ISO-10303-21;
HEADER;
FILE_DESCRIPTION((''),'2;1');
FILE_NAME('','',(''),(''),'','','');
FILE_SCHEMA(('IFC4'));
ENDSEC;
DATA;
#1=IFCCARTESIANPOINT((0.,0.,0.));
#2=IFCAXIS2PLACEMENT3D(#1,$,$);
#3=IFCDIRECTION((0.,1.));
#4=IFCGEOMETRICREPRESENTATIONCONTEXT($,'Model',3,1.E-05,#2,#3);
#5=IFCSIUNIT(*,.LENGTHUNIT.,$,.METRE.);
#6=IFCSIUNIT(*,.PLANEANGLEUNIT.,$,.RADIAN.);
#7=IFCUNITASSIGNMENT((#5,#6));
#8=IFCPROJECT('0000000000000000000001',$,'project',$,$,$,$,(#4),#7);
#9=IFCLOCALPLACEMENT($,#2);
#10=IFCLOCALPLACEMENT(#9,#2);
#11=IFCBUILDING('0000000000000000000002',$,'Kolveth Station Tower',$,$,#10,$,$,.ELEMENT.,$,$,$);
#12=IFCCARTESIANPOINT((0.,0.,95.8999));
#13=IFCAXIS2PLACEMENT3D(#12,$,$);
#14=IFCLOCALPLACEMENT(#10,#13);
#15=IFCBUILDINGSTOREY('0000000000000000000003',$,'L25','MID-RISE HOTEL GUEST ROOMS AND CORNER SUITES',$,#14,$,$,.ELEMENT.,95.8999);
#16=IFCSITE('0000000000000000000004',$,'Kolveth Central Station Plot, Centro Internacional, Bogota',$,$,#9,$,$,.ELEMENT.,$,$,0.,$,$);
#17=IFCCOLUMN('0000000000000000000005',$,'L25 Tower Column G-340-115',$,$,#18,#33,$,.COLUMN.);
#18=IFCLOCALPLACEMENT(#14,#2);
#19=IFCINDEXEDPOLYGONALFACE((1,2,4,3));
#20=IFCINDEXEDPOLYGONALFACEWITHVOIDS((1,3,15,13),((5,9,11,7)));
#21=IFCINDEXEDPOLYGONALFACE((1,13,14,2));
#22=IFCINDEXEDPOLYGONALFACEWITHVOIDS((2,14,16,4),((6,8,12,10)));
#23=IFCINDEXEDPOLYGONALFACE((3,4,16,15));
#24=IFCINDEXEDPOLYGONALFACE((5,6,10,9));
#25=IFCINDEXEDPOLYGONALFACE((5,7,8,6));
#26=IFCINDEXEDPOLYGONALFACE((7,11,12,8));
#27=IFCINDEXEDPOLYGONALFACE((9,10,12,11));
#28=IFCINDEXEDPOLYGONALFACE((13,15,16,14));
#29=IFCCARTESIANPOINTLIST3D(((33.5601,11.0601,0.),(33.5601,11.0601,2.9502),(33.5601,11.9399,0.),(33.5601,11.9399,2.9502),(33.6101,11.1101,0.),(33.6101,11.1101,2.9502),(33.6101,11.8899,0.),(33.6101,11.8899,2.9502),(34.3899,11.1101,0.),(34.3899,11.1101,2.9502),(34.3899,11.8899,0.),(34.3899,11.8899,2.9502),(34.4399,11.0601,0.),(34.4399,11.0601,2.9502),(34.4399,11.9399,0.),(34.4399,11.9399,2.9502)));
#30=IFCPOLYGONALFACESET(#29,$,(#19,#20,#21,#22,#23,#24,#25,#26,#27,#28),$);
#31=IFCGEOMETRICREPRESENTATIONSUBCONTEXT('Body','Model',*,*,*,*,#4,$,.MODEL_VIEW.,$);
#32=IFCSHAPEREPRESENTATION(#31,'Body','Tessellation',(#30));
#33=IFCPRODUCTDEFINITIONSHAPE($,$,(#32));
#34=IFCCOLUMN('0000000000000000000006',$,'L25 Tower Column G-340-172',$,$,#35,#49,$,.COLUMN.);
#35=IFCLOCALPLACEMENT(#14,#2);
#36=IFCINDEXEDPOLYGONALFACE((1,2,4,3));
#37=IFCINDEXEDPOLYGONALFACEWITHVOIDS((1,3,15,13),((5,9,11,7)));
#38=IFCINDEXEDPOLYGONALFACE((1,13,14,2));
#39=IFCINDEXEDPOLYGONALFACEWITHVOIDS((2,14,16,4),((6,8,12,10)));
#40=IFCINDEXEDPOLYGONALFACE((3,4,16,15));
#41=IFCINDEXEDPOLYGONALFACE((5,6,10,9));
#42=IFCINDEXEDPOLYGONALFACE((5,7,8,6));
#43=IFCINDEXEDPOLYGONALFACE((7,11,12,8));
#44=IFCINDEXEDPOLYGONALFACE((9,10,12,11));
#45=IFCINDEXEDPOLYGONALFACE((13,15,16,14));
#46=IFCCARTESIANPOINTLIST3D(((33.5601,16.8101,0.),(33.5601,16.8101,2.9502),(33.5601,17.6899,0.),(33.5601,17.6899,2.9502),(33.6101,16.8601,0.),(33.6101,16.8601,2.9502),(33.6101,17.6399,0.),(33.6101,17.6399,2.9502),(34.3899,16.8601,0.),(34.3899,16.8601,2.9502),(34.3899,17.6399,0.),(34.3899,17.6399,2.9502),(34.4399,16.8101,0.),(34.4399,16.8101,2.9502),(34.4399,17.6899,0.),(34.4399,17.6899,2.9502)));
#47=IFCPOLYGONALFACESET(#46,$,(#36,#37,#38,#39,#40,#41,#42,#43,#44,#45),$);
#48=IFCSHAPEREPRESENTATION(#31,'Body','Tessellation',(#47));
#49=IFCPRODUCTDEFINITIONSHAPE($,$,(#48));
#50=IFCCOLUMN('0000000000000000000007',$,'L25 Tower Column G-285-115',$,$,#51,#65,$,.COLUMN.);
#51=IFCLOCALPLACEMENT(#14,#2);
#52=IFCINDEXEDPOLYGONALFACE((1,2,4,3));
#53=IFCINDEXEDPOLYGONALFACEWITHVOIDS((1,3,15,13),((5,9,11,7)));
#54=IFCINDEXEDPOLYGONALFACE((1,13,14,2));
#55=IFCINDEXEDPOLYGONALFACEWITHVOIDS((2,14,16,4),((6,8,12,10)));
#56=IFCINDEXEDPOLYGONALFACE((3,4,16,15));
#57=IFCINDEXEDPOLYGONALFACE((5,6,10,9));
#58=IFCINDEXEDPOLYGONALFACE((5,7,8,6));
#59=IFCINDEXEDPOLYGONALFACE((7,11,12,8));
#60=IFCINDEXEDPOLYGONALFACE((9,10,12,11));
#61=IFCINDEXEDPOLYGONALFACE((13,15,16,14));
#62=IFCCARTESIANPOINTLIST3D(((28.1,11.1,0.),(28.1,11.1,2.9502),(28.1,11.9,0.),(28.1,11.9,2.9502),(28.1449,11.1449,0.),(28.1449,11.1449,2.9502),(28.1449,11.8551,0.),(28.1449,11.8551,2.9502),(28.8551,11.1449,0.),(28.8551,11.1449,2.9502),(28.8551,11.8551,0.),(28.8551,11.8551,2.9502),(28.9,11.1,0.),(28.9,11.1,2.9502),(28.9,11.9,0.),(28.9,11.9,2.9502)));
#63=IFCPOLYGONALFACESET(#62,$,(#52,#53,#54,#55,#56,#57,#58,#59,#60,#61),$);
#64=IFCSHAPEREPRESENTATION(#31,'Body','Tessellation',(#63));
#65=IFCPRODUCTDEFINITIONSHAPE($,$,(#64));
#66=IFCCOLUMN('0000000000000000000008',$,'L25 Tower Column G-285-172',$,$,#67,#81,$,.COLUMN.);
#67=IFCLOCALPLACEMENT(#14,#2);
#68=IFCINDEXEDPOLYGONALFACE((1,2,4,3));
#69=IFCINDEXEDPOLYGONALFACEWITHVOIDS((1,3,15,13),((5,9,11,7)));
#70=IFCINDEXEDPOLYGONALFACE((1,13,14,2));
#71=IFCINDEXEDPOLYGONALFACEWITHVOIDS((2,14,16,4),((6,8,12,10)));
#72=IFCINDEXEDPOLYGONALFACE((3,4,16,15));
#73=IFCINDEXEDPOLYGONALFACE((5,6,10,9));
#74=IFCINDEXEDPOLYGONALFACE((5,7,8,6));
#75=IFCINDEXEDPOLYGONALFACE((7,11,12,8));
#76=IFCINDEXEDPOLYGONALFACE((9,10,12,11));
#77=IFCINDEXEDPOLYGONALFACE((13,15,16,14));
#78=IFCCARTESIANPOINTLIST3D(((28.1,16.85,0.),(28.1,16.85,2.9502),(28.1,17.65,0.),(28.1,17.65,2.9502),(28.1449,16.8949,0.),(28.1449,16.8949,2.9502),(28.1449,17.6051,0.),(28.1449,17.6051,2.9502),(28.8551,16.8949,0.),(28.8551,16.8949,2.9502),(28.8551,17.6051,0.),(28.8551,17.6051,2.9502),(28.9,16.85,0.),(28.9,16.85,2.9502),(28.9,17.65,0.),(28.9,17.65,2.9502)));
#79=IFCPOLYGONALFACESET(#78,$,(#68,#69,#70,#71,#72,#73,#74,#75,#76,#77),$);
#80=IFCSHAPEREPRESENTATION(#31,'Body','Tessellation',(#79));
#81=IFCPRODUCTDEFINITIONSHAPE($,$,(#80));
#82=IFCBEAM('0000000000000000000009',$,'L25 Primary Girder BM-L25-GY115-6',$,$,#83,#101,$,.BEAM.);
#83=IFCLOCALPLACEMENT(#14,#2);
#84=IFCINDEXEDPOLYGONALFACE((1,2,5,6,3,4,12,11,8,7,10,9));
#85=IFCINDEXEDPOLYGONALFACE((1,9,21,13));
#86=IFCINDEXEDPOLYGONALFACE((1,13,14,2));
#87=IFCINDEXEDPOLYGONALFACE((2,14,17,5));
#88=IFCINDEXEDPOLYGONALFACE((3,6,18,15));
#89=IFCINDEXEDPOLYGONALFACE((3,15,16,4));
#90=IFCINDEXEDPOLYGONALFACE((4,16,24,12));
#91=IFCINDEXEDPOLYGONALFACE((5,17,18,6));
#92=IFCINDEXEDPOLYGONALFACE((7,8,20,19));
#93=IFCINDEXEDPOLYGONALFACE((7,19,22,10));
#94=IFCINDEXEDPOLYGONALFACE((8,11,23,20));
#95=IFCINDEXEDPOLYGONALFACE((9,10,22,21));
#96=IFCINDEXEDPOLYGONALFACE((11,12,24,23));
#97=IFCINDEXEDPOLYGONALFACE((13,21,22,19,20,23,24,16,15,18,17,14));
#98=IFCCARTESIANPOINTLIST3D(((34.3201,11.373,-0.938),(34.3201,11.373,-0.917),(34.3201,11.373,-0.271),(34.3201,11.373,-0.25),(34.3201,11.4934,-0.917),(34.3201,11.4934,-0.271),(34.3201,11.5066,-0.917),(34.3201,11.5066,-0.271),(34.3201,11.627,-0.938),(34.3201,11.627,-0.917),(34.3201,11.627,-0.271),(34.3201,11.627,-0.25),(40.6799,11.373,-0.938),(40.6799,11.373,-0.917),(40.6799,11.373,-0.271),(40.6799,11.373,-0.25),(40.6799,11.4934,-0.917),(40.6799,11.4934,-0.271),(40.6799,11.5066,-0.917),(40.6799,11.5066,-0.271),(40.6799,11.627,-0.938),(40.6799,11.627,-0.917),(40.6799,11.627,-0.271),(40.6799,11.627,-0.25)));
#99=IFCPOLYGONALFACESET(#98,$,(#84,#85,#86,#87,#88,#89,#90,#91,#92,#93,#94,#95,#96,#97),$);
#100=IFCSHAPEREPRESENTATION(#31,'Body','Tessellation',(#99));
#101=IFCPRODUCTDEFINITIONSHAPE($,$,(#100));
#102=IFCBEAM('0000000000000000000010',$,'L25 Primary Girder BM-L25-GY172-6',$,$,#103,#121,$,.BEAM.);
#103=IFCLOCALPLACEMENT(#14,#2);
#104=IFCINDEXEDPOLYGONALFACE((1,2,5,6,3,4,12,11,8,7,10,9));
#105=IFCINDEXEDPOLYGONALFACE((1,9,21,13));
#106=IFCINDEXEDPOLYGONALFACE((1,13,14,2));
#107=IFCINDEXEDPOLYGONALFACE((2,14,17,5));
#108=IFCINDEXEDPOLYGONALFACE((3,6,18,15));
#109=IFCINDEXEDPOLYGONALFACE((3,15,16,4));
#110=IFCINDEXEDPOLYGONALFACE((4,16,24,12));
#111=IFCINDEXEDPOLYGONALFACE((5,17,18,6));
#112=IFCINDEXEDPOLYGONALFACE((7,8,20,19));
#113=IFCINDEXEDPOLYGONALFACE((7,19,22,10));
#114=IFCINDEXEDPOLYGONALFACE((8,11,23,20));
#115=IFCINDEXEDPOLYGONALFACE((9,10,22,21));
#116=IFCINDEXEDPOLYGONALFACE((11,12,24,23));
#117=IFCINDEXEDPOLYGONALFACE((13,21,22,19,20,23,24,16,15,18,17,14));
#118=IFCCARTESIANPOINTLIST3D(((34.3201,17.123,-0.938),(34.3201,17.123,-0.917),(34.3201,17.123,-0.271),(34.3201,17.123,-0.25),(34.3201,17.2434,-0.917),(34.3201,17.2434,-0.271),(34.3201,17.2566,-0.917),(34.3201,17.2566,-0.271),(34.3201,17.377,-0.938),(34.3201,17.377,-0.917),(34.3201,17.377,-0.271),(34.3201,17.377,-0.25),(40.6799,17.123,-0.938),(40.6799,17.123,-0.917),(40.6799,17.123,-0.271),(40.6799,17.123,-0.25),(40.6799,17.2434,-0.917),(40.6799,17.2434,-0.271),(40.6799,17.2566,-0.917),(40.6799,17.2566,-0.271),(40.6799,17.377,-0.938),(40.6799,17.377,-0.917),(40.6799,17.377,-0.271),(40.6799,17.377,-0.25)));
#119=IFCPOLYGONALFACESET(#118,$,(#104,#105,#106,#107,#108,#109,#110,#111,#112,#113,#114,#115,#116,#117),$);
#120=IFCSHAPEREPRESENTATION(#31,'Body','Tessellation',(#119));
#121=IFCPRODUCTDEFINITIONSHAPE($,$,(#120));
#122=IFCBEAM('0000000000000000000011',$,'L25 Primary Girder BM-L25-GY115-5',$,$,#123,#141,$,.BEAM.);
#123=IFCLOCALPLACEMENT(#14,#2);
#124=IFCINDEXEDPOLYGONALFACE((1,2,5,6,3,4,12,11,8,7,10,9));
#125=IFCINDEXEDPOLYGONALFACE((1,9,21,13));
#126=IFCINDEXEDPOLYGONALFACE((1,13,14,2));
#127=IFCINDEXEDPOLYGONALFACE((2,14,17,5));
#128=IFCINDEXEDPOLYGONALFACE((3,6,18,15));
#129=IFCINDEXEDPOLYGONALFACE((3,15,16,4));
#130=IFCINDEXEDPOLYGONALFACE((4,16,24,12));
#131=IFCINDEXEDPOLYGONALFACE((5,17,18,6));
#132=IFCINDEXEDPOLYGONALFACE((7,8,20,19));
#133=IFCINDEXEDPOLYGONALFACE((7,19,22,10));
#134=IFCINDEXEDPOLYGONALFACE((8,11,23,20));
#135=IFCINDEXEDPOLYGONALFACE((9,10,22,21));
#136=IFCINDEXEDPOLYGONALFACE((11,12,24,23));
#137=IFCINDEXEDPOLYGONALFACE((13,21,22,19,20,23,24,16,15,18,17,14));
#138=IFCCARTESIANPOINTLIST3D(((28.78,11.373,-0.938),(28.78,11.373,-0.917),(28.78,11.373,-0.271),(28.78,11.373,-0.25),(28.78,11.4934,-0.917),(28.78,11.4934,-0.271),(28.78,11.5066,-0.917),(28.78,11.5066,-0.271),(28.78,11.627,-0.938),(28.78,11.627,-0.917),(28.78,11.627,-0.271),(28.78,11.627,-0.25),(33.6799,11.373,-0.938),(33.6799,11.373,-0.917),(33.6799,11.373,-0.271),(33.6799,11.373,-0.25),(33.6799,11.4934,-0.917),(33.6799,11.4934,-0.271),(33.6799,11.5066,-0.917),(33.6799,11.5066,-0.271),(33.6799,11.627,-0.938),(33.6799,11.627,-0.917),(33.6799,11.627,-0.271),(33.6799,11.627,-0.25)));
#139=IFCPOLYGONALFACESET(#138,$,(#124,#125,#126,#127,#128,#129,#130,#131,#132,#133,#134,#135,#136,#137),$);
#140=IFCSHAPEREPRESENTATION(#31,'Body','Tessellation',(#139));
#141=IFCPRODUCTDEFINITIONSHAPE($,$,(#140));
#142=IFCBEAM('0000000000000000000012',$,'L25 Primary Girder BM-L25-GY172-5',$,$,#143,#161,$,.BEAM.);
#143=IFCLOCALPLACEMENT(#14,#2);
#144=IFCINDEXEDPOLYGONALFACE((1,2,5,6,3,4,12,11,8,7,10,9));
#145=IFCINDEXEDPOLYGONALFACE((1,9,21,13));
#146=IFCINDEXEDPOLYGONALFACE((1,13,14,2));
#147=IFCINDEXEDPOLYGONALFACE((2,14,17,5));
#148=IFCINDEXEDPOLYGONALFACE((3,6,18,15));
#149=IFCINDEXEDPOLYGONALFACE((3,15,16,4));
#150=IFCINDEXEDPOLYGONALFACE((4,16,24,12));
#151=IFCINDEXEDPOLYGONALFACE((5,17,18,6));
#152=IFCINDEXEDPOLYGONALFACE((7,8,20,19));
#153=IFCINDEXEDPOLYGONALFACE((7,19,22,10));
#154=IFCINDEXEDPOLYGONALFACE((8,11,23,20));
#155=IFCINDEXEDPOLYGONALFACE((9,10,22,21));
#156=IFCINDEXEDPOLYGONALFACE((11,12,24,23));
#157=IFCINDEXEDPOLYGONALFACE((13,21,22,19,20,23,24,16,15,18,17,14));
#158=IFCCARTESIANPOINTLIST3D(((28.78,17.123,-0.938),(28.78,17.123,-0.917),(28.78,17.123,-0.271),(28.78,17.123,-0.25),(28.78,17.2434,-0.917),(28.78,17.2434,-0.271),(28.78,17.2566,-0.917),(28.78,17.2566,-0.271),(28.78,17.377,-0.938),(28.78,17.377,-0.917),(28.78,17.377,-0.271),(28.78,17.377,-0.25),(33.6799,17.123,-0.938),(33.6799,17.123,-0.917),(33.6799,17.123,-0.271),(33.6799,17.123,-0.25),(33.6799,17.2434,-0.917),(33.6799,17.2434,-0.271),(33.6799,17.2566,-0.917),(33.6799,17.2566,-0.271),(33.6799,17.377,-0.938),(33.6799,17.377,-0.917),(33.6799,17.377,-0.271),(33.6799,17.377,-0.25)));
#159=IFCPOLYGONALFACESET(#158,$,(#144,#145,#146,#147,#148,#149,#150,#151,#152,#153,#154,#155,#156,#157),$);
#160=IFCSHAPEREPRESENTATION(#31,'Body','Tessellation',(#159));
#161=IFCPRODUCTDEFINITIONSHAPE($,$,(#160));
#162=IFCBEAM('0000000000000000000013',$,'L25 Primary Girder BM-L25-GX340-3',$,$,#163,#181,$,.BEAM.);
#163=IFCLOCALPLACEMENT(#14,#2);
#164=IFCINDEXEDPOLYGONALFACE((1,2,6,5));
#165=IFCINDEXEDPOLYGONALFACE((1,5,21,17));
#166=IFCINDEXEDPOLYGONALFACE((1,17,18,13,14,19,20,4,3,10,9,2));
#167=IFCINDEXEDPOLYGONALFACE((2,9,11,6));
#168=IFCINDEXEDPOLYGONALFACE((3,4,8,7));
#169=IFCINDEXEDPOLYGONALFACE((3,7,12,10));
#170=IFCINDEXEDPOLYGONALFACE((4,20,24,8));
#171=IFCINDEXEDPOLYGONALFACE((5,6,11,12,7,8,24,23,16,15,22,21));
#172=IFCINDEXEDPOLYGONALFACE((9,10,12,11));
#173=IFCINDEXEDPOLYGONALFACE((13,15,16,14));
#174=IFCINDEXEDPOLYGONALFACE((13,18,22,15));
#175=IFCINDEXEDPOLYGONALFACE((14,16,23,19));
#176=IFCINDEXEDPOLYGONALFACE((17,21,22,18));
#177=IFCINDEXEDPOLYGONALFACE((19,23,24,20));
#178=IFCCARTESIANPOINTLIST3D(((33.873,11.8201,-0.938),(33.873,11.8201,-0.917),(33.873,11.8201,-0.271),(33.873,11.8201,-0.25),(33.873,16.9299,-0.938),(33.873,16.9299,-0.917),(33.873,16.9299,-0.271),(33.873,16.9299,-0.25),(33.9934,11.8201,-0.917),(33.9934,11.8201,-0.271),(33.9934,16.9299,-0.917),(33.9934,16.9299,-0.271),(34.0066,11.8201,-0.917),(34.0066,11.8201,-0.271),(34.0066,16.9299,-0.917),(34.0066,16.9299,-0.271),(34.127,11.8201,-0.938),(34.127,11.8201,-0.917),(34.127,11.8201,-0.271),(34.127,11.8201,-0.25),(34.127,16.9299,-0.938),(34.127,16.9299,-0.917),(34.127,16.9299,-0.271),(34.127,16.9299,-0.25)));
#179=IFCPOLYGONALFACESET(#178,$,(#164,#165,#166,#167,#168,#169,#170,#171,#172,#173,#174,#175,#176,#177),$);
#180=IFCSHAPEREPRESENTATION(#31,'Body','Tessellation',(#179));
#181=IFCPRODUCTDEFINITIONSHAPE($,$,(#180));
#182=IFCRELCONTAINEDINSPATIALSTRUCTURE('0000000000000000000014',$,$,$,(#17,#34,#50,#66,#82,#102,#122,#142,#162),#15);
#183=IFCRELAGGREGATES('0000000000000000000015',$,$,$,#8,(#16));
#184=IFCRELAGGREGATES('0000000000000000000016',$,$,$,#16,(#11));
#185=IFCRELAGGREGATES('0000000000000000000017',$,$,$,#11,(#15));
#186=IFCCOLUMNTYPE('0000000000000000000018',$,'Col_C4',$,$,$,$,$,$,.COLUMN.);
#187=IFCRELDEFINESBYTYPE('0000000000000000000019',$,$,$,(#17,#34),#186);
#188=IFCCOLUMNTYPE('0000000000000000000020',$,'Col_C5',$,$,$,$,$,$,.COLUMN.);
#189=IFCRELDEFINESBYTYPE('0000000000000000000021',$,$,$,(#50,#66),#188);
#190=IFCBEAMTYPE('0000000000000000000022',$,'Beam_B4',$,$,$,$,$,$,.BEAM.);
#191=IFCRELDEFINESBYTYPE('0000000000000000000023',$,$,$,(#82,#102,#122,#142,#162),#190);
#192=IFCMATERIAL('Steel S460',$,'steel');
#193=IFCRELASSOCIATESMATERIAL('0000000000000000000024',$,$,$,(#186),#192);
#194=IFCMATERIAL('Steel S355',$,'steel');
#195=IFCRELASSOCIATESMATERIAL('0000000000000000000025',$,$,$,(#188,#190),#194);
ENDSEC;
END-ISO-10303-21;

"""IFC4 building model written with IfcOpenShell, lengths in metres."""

from ifc_helpers import new_model, si_unit, direction, frame, origin, origin_2d, place, context, subcontext, project, spatial, hollow_rectangle, i_section, extrude, source, transform, mapped, material, material_profile, profile_set, type_object, element, save


model = new_model("IFC4")

# Units and contexts
model_context = context("Model", 3, precision=1e-05, world=origin(), true_north=direction((0.0, 1.0)))
body_context = subcontext(model_context, "Body", "Model", "MODEL_VIEW")
ifc_project = project(units=[si_unit("LENGTHUNIT", "METRE"), si_unit("PLANEANGLEUNIT", "RADIAN")], contexts=[model_context])

# Site, building, storey
site_placement = place(None, origin())
site = spatial("IfcSite", under=ifc_project, at=site_placement, Name="Kolveth Central Station Plot, Centro Internacional, Bogota", CompositionType="ELEMENT", RefElevation=0.0)
building_placement = place(site_placement, origin())
building = spatial("IfcBuilding", under=site, at=building_placement, Name="Kolveth Station Tower", CompositionType="ELEMENT")
storey_placement = place(building_placement, frame((0.0, 0.0, 95.8999)))
storey = spatial("IfcBuildingStorey", under=building, at=storey_placement, Name="L25", Description="MID-RISE HOTEL GUEST ROOMS AND CORNER SUITES", CompositionType="ELEMENT", Elevation=95.8999)

# Columns
ifc_material_1 = material(Name="Steel S460", Category="steel")
ifc_material_profile_1 = material_profile(ifc_material_1, hollow_rectangle(XDim=0.8799, YDim=0.8799, WallThickness=0.05, at=origin_2d()), Name="BOX880x880x50")
ifc_profile_set_1 = profile_set([ifc_material_profile_1], Name="Steel S460")
column_type_1 = type_object("IfcColumnType", Name="Col_C4", PredefinedType="COLUMN", material=ifc_profile_set_1)
shared_shape_1 = source(origin(), body_context, "Body", "SweptSolid", [
    extrude(hollow_rectangle(XDim=0.8799, YDim=0.8799, WallThickness=0.05, at=origin_2d()), origin(), (0.0, 0.0, 1.0), 2.9502),
])
for number, where, z_axis, x_axis, name in (
    (1, (34.0, 11.5, 0.0), (0.0, 0.0, 1.0), (1.0, 0.0, 0.0), "L25 Tower Column G-340-115"),
    (2, (34.0, 17.25, 0.0), (0.0, 0.0, 1.0), (1.0, 0.0, 0.0), "L25 Tower Column G-340-172"),
):
    element("IfcColumn", number, at=place(storey_placement, frame(where, z_axis=z_axis, x_axis=x_axis)), inside=storey, type_object=column_type_1, Name=name, PredefinedType="COLUMN", context=body_context, shape_type="MappedRepresentation", body=[
        mapped(shared_shape_1, transform((0.0, 0.0, 0.0), x_axis=(1.0, 0.0, 0.0), y_axis=(0.0, 1.0, 0.0), z_axis=(0.0, 0.0, 1.0), scale=1.0)),
    ])
ifc_material_2 = material(Name="Steel S355", Category="steel")
ifc_material_profile_2 = material_profile(ifc_material_2, hollow_rectangle(XDim=0.8, YDim=0.8, WallThickness=0.0449, at=origin_2d()), Name="BOX800x800x45")
ifc_profile_set_2 = profile_set([ifc_material_profile_2], Name="Steel S355")
column_type_2 = type_object("IfcColumnType", Name="Col_C5", PredefinedType="COLUMN", material=ifc_profile_set_2)
shared_shape_2 = source(origin(), body_context, "Body", "SweptSolid", [
    extrude(hollow_rectangle(XDim=0.8, YDim=0.8, WallThickness=0.0449, at=origin_2d()), origin(), (0.0, 0.0, 1.0), 2.9502),
])
for number, where, z_axis, x_axis, name in (
    (3, (28.5, 11.5, 0.0), (0.0, 0.0, 1.0), (1.0, 0.0, 0.0), "L25 Tower Column G-285-115"),
    (4, (28.5, 17.25, 0.0), (0.0, 0.0, 1.0), (1.0, 0.0, 0.0), "L25 Tower Column G-285-172"),
):
    element("IfcColumn", number, at=place(storey_placement, frame(where, z_axis=z_axis, x_axis=x_axis)), inside=storey, type_object=column_type_2, Name=name, PredefinedType="COLUMN", context=body_context, shape_type="MappedRepresentation", body=[
        mapped(shared_shape_2, transform((0.0, 0.0, 0.0), x_axis=(1.0, 0.0, 0.0), y_axis=(0.0, 1.0, 0.0), z_axis=(0.0, 0.0, 1.0), scale=1.0)),
    ])

# Beams
ifc_material_profile_3 = material_profile(ifc_material_2, i_section(OverallWidth=0.2539, OverallDepth=0.688, WebThickness=0.0132, FlangeThickness=0.021, at=origin_2d()), Name="W690x152")
ifc_profile_set_3 = profile_set([ifc_material_profile_3], Name="Steel S355")
beam_type_1 = type_object("IfcBeamType", Name="Beam_B4", PredefinedType="BEAM", material=ifc_profile_set_3)
shared_shape_3 = source(origin(), body_context, "Body", "SweptSolid", [
    extrude(i_section(OverallWidth=0.2539, OverallDepth=0.688, WebThickness=0.0132, FlangeThickness=0.021, at=origin_2d()), origin(), (0.0, 0.0, 1.0), 6.3599),
])
for number, where, z_axis, x_axis, name in (
    (5, (34.3201, 11.5, -0.594), (1.0, 0.0, 0.0), (0.0, 1.0, 0.0), "L25 Primary Girder BM-L25-GY115-6"),
    (6, (34.3201, 17.25, -0.594), (1.0, 0.0, 0.0), (0.0, 1.0, 0.0), "L25 Primary Girder BM-L25-GY172-6"),
):
    element("IfcBeam", number, at=place(storey_placement, frame(where, z_axis=z_axis, x_axis=x_axis)), inside=storey, type_object=beam_type_1, Name=name, PredefinedType="BEAM", context=body_context, shape_type="MappedRepresentation", body=[
        mapped(shared_shape_3, transform((0.0, 0.0, 0.0), x_axis=(1.0, 0.0, 0.0), y_axis=(0.0, 1.0, 0.0), z_axis=(0.0, 0.0, 1.0), scale=1.0)),
    ])
shared_shape_4 = source(origin(), body_context, "Body", "SweptSolid", [
    extrude(i_section(OverallWidth=0.2539, OverallDepth=0.688, WebThickness=0.0132, FlangeThickness=0.021, at=origin_2d()), origin(), (0.0, 0.0, 1.0), 4.8999),
])
for number, where, z_axis, x_axis, name in (
    (7, (28.78, 11.5, -0.594), (1.0, 0.0, 0.0), (0.0, 1.0, 0.0), "L25 Primary Girder BM-L25-GY115-5"),
    (8, (28.78, 17.25, -0.594), (1.0, 0.0, 0.0), (0.0, 1.0, 0.0), "L25 Primary Girder BM-L25-GY172-5"),
):
    element("IfcBeam", number, at=place(storey_placement, frame(where, z_axis=z_axis, x_axis=x_axis)), inside=storey, type_object=beam_type_1, Name=name, PredefinedType="BEAM", context=body_context, shape_type="MappedRepresentation", body=[
        mapped(shared_shape_4, transform((0.0, 0.0, 0.0), x_axis=(1.0, 0.0, 0.0), y_axis=(0.0, 1.0, 0.0), z_axis=(0.0, 0.0, 1.0), scale=1.0)),
    ])
shared_shape_5 = source(origin(), body_context, "Body", "SweptSolid", [
    extrude(i_section(OverallWidth=0.2539, OverallDepth=0.688, WebThickness=0.0132, FlangeThickness=0.021, at=origin_2d()), origin(), (0.0, 0.0, 1.0), 5.1099),
])
beam_placement = place(storey_placement, frame((34.0, 11.8201, -0.594), z_axis=(0.0, 1.0, 0.0), x_axis=(-1.0, 0.0, 0.0)))
element("IfcBeam", 9, at=beam_placement, inside=storey, type_object=beam_type_1, Name="L25 Primary Girder BM-L25-GX340-3", PredefinedType="BEAM", context=body_context, shape_type="MappedRepresentation", body=[
    mapped(shared_shape_5, transform((0.0, 0.0, 0.0), x_axis=(1.0, 0.0, 0.0), y_axis=(0.0, 1.0, 0.0), z_axis=(0.0, 0.0, 1.0), scale=1.0)),
])

save(model, "model.ifc")
